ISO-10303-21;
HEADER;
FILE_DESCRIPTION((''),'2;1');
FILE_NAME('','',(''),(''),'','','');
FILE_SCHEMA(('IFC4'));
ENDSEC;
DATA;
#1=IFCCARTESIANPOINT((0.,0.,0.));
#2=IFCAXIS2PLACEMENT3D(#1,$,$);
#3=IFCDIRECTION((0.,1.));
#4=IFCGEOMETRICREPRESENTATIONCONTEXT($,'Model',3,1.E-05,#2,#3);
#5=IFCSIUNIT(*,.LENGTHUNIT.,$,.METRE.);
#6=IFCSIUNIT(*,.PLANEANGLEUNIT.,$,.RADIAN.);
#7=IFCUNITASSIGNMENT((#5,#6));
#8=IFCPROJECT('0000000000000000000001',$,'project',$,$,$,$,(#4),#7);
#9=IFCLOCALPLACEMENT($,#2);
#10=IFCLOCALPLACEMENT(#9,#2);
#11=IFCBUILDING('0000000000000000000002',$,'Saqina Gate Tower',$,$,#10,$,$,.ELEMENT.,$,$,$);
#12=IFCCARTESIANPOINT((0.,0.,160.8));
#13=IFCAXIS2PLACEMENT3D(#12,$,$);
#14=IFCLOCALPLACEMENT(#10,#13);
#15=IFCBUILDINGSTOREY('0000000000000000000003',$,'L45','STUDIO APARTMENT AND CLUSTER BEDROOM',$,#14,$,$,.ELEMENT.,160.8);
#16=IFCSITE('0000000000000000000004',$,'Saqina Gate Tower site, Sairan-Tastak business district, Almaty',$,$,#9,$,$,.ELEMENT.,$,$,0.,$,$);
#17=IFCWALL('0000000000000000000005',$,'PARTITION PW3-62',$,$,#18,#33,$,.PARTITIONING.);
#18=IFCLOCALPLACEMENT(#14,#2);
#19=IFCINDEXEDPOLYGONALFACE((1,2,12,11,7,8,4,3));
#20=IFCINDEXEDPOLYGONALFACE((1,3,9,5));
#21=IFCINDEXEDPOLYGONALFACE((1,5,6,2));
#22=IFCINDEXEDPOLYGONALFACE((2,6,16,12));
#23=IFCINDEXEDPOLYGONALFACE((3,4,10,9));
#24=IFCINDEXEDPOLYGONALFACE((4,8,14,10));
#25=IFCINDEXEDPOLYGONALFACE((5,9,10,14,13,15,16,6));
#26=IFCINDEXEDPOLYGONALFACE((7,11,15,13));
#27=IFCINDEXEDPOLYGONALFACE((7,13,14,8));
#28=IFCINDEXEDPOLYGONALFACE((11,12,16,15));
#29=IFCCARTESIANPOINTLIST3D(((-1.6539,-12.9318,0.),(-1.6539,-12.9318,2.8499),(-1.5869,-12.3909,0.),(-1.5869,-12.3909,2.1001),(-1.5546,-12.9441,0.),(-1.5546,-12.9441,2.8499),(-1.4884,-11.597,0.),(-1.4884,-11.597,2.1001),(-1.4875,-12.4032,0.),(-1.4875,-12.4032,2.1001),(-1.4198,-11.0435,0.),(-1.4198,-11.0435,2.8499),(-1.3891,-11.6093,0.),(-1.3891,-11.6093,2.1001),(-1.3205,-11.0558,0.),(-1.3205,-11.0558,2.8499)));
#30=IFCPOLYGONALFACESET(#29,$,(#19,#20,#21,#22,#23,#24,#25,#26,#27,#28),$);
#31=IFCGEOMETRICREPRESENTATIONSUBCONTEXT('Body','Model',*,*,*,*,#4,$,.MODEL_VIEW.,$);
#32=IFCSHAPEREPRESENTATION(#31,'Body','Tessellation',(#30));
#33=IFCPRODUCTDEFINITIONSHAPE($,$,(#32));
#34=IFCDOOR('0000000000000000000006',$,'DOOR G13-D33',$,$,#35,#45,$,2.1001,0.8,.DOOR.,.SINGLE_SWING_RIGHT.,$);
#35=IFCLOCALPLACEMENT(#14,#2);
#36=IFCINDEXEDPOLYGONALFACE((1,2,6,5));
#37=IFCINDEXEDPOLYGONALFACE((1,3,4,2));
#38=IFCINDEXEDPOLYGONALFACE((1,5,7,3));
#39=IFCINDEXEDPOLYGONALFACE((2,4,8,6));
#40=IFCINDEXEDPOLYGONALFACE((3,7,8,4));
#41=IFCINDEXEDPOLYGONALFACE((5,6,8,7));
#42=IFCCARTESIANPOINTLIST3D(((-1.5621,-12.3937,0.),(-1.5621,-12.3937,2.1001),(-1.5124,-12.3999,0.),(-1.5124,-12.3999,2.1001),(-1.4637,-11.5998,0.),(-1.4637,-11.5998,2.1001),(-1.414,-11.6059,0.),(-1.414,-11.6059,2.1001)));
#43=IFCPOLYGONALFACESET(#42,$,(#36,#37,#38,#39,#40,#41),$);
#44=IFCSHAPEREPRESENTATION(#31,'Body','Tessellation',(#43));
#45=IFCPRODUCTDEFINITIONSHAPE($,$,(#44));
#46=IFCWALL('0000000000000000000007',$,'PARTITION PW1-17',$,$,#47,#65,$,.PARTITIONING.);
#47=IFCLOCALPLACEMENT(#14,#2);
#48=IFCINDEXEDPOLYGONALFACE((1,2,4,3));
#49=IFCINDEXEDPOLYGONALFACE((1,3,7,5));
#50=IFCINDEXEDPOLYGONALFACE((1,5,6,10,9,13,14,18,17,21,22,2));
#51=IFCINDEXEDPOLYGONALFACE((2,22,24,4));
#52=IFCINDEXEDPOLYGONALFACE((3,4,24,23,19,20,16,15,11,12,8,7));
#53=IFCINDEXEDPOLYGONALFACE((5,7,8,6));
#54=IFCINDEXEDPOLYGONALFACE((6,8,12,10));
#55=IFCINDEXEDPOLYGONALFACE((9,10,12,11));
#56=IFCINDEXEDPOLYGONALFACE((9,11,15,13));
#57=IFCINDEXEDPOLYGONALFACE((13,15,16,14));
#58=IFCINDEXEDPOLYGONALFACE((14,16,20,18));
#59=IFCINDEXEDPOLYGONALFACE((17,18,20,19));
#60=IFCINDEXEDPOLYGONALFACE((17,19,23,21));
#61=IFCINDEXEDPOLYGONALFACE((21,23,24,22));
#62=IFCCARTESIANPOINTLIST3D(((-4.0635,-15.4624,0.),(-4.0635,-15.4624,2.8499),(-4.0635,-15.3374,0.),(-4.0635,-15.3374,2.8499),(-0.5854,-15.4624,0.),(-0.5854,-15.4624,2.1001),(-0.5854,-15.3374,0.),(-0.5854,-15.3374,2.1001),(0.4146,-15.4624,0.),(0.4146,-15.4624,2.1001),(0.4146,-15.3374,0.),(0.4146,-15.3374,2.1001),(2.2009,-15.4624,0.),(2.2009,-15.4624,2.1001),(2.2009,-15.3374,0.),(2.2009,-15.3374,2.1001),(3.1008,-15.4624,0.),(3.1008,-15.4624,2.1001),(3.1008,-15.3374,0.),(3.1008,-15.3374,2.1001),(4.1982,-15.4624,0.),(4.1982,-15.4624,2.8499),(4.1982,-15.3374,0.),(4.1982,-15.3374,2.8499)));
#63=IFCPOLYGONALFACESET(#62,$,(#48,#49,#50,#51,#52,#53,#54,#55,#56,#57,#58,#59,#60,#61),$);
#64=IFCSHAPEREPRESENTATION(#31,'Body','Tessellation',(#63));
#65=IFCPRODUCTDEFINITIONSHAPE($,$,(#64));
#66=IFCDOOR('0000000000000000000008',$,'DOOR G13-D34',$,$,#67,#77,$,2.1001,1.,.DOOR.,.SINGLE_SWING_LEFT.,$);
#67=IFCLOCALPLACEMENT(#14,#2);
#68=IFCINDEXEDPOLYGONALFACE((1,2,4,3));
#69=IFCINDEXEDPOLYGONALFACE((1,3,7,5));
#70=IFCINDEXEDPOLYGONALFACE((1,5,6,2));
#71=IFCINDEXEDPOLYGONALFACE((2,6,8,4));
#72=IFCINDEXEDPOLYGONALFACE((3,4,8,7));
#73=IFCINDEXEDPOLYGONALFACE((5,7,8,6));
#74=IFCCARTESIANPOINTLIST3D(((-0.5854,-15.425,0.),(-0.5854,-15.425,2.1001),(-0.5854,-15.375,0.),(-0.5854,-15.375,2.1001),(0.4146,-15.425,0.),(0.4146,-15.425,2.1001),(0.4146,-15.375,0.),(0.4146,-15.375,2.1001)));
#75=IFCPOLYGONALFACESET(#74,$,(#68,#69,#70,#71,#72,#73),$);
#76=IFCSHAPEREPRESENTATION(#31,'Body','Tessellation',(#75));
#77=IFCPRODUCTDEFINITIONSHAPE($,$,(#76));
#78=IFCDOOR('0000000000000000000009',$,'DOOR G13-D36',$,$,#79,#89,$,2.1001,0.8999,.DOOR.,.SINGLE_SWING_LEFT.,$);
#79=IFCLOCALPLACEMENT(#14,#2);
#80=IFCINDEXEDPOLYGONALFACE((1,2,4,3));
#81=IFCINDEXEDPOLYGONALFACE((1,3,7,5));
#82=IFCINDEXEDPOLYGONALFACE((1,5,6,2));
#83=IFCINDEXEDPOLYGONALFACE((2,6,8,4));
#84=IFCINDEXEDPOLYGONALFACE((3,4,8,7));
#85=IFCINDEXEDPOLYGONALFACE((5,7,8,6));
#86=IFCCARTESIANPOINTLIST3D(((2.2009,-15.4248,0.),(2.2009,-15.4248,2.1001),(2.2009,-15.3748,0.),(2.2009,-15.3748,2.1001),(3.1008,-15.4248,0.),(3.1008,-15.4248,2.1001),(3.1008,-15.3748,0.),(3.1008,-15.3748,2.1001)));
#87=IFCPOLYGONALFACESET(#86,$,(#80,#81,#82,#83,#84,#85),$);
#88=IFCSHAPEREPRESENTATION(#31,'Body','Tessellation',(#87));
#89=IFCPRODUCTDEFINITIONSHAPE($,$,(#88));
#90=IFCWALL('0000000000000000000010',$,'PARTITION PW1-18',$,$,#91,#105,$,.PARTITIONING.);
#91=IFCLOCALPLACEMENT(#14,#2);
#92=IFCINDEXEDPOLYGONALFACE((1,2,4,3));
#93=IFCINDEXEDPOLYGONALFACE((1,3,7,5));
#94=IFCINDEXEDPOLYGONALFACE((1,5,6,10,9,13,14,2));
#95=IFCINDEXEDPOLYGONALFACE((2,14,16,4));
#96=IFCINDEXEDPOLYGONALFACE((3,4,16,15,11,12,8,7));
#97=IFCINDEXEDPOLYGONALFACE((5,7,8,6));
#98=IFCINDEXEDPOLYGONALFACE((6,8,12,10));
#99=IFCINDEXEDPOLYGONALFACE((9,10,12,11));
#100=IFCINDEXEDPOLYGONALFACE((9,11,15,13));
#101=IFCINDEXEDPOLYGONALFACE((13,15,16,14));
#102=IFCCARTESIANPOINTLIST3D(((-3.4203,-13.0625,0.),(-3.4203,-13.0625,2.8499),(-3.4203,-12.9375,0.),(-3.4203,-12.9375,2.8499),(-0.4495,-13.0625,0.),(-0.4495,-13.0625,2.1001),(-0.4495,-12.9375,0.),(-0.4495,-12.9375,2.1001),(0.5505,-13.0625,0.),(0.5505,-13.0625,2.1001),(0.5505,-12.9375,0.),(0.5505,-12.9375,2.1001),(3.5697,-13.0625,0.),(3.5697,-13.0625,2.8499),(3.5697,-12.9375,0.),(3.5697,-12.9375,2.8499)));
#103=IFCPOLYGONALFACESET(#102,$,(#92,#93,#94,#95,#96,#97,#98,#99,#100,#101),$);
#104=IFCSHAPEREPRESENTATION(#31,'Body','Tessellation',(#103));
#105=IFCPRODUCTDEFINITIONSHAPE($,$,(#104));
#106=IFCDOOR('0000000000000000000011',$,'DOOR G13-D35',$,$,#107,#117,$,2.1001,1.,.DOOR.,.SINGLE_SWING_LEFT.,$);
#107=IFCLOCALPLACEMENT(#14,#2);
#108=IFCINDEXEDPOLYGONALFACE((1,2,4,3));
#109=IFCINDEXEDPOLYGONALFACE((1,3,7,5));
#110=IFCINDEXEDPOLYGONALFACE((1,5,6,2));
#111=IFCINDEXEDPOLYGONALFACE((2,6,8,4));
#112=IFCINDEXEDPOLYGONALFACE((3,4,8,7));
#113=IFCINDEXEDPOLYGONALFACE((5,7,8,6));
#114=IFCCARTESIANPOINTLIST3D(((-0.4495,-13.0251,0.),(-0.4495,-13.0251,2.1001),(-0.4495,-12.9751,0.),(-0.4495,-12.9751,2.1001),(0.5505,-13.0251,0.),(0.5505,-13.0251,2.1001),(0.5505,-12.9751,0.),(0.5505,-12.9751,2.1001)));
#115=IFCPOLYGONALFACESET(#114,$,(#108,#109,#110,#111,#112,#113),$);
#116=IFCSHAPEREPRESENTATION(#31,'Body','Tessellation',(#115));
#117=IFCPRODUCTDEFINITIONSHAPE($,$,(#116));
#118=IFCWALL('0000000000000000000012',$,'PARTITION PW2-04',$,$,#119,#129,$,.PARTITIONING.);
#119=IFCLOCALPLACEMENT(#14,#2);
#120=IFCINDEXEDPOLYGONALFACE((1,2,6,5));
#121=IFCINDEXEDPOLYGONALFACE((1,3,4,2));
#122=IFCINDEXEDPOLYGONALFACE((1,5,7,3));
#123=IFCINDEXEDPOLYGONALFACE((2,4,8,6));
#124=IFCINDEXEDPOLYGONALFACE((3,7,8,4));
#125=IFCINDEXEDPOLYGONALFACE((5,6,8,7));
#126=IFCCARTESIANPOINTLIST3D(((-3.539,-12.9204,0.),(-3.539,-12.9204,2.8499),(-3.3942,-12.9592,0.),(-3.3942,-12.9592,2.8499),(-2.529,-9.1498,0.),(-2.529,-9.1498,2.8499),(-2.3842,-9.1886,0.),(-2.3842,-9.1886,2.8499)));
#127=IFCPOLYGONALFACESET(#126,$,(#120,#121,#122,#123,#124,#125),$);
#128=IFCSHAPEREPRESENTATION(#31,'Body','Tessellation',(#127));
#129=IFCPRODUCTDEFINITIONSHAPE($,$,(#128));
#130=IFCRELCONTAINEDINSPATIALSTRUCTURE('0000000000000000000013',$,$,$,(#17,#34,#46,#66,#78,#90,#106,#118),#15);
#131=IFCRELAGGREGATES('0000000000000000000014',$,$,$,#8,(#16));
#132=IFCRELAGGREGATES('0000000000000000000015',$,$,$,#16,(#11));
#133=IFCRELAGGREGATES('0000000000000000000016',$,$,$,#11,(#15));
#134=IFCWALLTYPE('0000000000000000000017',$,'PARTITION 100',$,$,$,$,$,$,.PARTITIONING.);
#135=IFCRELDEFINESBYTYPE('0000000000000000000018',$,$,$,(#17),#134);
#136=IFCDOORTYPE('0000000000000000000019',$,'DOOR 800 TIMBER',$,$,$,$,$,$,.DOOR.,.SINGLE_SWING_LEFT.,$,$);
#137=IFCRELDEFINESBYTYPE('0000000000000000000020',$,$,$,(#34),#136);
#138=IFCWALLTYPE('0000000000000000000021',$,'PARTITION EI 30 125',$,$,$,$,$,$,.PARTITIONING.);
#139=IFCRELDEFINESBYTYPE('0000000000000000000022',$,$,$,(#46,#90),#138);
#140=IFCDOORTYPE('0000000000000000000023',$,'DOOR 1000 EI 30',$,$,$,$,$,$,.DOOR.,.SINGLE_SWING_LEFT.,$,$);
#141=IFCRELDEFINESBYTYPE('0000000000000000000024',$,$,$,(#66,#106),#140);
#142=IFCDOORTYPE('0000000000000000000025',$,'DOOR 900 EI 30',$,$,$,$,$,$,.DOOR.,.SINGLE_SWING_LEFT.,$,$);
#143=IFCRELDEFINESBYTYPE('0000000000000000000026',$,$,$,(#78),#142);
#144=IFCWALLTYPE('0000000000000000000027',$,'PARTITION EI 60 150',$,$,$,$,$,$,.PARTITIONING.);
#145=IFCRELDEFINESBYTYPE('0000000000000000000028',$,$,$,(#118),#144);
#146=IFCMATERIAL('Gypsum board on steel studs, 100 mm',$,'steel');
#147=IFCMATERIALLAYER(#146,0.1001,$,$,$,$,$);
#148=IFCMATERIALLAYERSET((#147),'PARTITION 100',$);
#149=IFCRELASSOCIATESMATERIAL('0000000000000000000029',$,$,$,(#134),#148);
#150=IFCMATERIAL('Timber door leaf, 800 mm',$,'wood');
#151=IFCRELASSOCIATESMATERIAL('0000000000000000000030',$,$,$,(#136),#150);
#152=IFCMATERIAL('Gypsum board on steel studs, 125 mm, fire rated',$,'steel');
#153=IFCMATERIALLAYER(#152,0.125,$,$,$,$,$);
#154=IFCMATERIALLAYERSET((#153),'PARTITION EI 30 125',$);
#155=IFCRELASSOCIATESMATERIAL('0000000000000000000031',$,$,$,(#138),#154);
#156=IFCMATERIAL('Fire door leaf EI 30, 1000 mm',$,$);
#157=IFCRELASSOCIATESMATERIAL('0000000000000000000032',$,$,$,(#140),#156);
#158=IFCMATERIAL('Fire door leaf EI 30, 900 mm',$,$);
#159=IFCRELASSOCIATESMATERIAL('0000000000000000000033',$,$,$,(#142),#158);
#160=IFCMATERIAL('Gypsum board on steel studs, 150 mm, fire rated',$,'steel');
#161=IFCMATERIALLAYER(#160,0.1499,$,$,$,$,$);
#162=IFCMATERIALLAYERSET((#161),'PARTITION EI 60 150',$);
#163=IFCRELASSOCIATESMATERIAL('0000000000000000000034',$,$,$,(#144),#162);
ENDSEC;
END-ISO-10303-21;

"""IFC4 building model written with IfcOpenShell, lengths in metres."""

from ifc_helpers import new_model, si_unit, direction, frame, frame_2d, origin, place, context, subcontext, project, spatial, rectangle, extrude, material, layer, layer_set, type_object, element, fill, save


model = new_model("IFC4")

# Units and contexts
model_context = context("Model", 3, precision=1e-05, world=origin(), true_north=direction((0.0, 1.0)))
body_context = subcontext(model_context, "Body", "Model", "MODEL_VIEW")
ifc_project = project(units=[si_unit("LENGTHUNIT", "METRE"), si_unit("PLANEANGLEUNIT", "RADIAN")], contexts=[model_context])

# Site, building, storey
site_placement = place(None, origin())
site = spatial("IfcSite", under=ifc_project, at=site_placement, Name="Saqina Gate Tower site, Sairan-Tastak business district, Almaty", CompositionType="ELEMENT", RefElevation=0.0)
building_placement = place(site_placement, origin())
building = spatial("IfcBuilding", under=site, at=building_placement, Name="Saqina Gate Tower", CompositionType="ELEMENT")
storey_placement = place(building_placement, frame((0.0, 0.0, 160.8)))
storey = spatial("IfcBuildingStorey", under=building, at=storey_placement, Name="L45", Description="STUDIO APARTMENT AND CLUSTER BEDROOM", CompositionType="ELEMENT", Elevation=160.8)

# Shared definitions
ifc_material_1 = material(Name="Gypsum board on steel studs, 100 mm", Category="steel")
ifc_layer_1 = layer(ifc_material_1, 0.1001)
ifc_layer_set_1 = layer_set([ifc_layer_1], Name="PARTITION 100")
wall_type_1 = type_object("IfcWallType", Name="PARTITION 100", PredefinedType="PARTITIONING", material=ifc_layer_set_1)

# Wall, opening, door
ifc_material_2 = material(Name="Timber door leaf, 800 mm", Category="wood")
door_type_1 = type_object("IfcDoorType", Name="DOOR 800 TIMBER", OperationType="SINGLE_SWING_LEFT", PredefinedType="DOOR", material=ifc_material_2)
wall_1_placement = place(storey_placement, frame((-1.6042, -12.938, 0.0), z_axis=(0.0, 0.0, 1.0), x_axis=(0.12304, 0.992402, 0.0)))
wall_1 = element("IfcWall", 1, at=wall_1_placement, inside=storey, type_object=wall_type_1, Name="PARTITION PW3-62", PredefinedType="PARTITIONING", context=body_context, shape_type="SweptSolid", body=[
    extrude(rectangle(XDim=1.9028, YDim=0.1001, at=frame_2d((0.9514, 0.0))), origin(), (0.0, 0.0, 1.0), 2.8499),
])
opening_1_placement = place(wall_1_placement, frame((0.5452, 0.0, 0.0)))
opening_1 = element("IfcOpeningElement", 2, at=opening_1_placement, cuts=wall_1, PredefinedType="OPENING", context=body_context, shape_type="SweptSolid", body=[
    extrude(rectangle(XDim=0.8, YDim=2.1001, at=frame_2d((0.3999, 1.05))), frame((0.0, 0.062, 0.0), z_axis=(0.0, -1.0, 0.0), x_axis=(1.0, 0.0, 0.0)), (0.0, 0.0, 1.0), 0.124),
])
door_1_placement = place(opening_1_placement, frame((0.8, 0.0, 0.0), z_axis=(0.0, 0.0, 1.0), x_axis=(-1.0, 0.0, 0.0)))
door_1 = element("IfcDoor", 3, at=door_1_placement, inside=storey, type_object=door_type_1, Name="DOOR G13-D33", OperationType="SINGLE_SWING_RIGHT", OverallHeight=2.1001, OverallWidth=0.8, PredefinedType="DOOR", context=body_context, shape_type="SweptSolid", body=[
    extrude(rectangle(XDim=0.8, YDim=2.1001, at=frame_2d((0.3999, 1.05))), frame((0.0, 0.0249, 0.0), z_axis=(0.0, -1.0, 0.0), x_axis=(1.0, 0.0, 0.0)), (0.0, 0.0, 1.0), 0.05),
])
fill(opening_1, door_1)

# Wall, openings, doors
ifc_material_3 = material(Name="Gypsum board on steel studs, 125 mm, fire rated", Category="steel")
ifc_layer_2 = layer(ifc_material_3, 0.125)
ifc_layer_set_2 = layer_set([ifc_layer_2], Name="PARTITION EI 30 125")
wall_type_2 = type_object("IfcWallType", Name="PARTITION EI 30 125", PredefinedType="PARTITIONING", material=ifc_layer_set_2)
wall_2_placement = place(storey_placement, frame((-4.0635, -15.3999, 0.0), z_axis=(0.0, 0.0, 1.0), x_axis=(1.0, 0.0, 0.0)))
wall_2 = element("IfcWall", 4, at=wall_2_placement, inside=storey, type_object=wall_type_2, Name="PARTITION PW1-17", PredefinedType="PARTITIONING", context=body_context, shape_type="SweptSolid", body=[
    extrude(rectangle(XDim=8.2617, YDim=0.125, at=frame_2d((4.1309, 0.0))), origin(), (0.0, 0.0, 1.0), 2.8499),
])
opening_2_placement = place(wall_2_placement, frame((3.478, 0.0, 0.0)))
opening_2 = element("IfcOpeningElement", 5, at=opening_2_placement, cuts=wall_2, PredefinedType="OPENING", context=body_context, shape_type="SweptSolid", body=[
    extrude(rectangle(XDim=1.0, YDim=2.1001, at=frame_2d((0.5, 1.05))), frame((0.0, 0.0745, 0.0), z_axis=(0.0, -1.0, 0.0), x_axis=(1.0, 0.0, 0.0)), (0.0, 0.0, 1.0), 0.1489),
])
opening_3_placement = place(wall_2_placement, frame((6.2644, 0.0, 0.0)))
opening_3 = element("IfcOpeningElement", 6, at=opening_3_placement, cuts=wall_2, PredefinedType="OPENING", context=body_context, shape_type="SweptSolid", body=[
    extrude(rectangle(XDim=0.8999, YDim=2.1001, at=frame_2d((0.45, 1.05))), frame((0.0, 0.0745, 0.0), z_axis=(0.0, -1.0, 0.0), x_axis=(1.0, 0.0, 0.0)), (0.0, 0.0, 1.0), 0.1489),
])
ifc_material_4 = material(Name="Fire door leaf EI 30, 1000 mm")
door_type_2 = type_object("IfcDoorType", Name="DOOR 1000 EI 30", OperationType="SINGLE_SWING_LEFT", PredefinedType="DOOR", material=ifc_material_4)
door_2_placement = place(opening_2_placement, origin())
door_2 = element("IfcDoor", 7, at=door_2_placement, inside=storey, type_object=door_type_2, Name="DOOR G13-D34", OperationType="SINGLE_SWING_LEFT", OverallHeight=2.1001, OverallWidth=1.0, PredefinedType="DOOR", context=body_context, shape_type="SweptSolid", body=[
    extrude(rectangle(XDim=1.0, YDim=2.1001, at=frame_2d((0.5, 1.05))), frame((0.0, 0.0249, 0.0), z_axis=(0.0, -1.0, 0.0), x_axis=(1.0, 0.0, 0.0)), (0.0, 0.0, 1.0), 0.05),
])
fill(opening_2, door_2)
ifc_material_5 = material(Name="Fire door leaf EI 30, 900 mm")
door_type_3 = type_object("IfcDoorType", Name="DOOR 900 EI 30", OperationType="SINGLE_SWING_LEFT", PredefinedType="DOOR", material=ifc_material_5)
door_3_placement = place(opening_3_placement, frame((0.8999, 0.0, 0.0), z_axis=(0.0, 0.0, 1.0), x_axis=(-1.0, 0.0, 0.0)))
door_3 = element("IfcDoor", 8, at=door_3_placement, inside=storey, type_object=door_type_3, Name="DOOR G13-D36", OperationType="SINGLE_SWING_LEFT", OverallHeight=2.1001, OverallWidth=0.8999, PredefinedType="DOOR", context=body_context, shape_type="SweptSolid", body=[
    extrude(rectangle(XDim=0.8999, YDim=2.1001, at=frame_2d((0.45, 1.05))), frame((0.0, 0.0249, 0.0), z_axis=(0.0, -1.0, 0.0), x_axis=(1.0, 0.0, 0.0)), (0.0, 0.0, 1.0), 0.05),
])
fill(opening_3, door_3)

# Wall, opening, door
wall_3_placement = place(storey_placement, frame((-3.4204, -13.0, 0.0), z_axis=(0.0, 0.0, 1.0), x_axis=(1.0, 0.0, 0.0)))
wall_3 = element("IfcWall", 9, at=wall_3_placement, inside=storey, type_object=wall_type_2, Name="PARTITION PW1-18", PredefinedType="PARTITIONING", context=body_context, shape_type="SweptSolid", body=[
    extrude(rectangle(XDim=6.99, YDim=0.125, at=frame_2d((3.4951, 0.0))), origin(), (0.0, 0.0, 1.0), 2.8499),
])
opening_4_placement = place(wall_3_placement, frame((2.9709, 0.0, 0.0)))
opening_4 = element("IfcOpeningElement", 10, at=opening_4_placement, cuts=wall_3, PredefinedType="OPENING", context=body_context, shape_type="SweptSolid", body=[
    extrude(rectangle(XDim=1.0, YDim=2.1001, at=frame_2d((0.5, 1.05))), frame((0.0, 0.0745, 0.0), z_axis=(0.0, -1.0, 0.0), x_axis=(1.0, 0.0, 0.0)), (0.0, 0.0, 1.0), 0.1489),
])
door_4_placement = place(opening_4_placement, origin())
door_4 = element("IfcDoor", 11, at=door_4_placement, inside=storey, type_object=door_type_2, Name="DOOR G13-D35", OperationType="SINGLE_SWING_LEFT", OverallHeight=2.1001, OverallWidth=1.0, PredefinedType="DOOR", context=body_context, shape_type="SweptSolid", body=[
    extrude(rectangle(XDim=1.0, YDim=2.1001, at=frame_2d((0.5, 1.05))), frame((0.0, 0.0249, 0.0), z_axis=(0.0, -1.0, 0.0), x_axis=(1.0, 0.0, 0.0)), (0.0, 0.0, 1.0), 0.05),
])
fill(opening_4, door_4)

# Wall
ifc_material_6 = material(Name="Gypsum board on steel studs, 150 mm, fire rated", Category="steel")
ifc_layer_3 = layer(ifc_material_6, 0.1499)
ifc_layer_set_3 = layer_set([ifc_layer_3], Name="PARTITION EI 60 150")
wall_type_3 = type_object("IfcWallType", Name="PARTITION EI 60 150", PredefinedType="PARTITIONING", material=ifc_layer_set_3)
wall_4_placement = place(storey_placement, frame((-3.4666, -12.9397, 0.0), z_axis=(0.0, 0.0, 1.0), x_axis=(0.258733, 0.965949, 0.0)))
element("IfcWall", 12, at=wall_4_placement, inside=storey, type_object=wall_type_3, Name="PARTITION PW2-04", PredefinedType="PARTITIONING", context=body_context, shape_type="SweptSolid", body=[
    extrude(rectangle(XDim=3.9036, YDim=0.1499, at=frame_2d((1.9517, 0.0))), origin(), (0.0, 0.0, 1.0), 2.8499),
])

save(model, "model.ifc")
